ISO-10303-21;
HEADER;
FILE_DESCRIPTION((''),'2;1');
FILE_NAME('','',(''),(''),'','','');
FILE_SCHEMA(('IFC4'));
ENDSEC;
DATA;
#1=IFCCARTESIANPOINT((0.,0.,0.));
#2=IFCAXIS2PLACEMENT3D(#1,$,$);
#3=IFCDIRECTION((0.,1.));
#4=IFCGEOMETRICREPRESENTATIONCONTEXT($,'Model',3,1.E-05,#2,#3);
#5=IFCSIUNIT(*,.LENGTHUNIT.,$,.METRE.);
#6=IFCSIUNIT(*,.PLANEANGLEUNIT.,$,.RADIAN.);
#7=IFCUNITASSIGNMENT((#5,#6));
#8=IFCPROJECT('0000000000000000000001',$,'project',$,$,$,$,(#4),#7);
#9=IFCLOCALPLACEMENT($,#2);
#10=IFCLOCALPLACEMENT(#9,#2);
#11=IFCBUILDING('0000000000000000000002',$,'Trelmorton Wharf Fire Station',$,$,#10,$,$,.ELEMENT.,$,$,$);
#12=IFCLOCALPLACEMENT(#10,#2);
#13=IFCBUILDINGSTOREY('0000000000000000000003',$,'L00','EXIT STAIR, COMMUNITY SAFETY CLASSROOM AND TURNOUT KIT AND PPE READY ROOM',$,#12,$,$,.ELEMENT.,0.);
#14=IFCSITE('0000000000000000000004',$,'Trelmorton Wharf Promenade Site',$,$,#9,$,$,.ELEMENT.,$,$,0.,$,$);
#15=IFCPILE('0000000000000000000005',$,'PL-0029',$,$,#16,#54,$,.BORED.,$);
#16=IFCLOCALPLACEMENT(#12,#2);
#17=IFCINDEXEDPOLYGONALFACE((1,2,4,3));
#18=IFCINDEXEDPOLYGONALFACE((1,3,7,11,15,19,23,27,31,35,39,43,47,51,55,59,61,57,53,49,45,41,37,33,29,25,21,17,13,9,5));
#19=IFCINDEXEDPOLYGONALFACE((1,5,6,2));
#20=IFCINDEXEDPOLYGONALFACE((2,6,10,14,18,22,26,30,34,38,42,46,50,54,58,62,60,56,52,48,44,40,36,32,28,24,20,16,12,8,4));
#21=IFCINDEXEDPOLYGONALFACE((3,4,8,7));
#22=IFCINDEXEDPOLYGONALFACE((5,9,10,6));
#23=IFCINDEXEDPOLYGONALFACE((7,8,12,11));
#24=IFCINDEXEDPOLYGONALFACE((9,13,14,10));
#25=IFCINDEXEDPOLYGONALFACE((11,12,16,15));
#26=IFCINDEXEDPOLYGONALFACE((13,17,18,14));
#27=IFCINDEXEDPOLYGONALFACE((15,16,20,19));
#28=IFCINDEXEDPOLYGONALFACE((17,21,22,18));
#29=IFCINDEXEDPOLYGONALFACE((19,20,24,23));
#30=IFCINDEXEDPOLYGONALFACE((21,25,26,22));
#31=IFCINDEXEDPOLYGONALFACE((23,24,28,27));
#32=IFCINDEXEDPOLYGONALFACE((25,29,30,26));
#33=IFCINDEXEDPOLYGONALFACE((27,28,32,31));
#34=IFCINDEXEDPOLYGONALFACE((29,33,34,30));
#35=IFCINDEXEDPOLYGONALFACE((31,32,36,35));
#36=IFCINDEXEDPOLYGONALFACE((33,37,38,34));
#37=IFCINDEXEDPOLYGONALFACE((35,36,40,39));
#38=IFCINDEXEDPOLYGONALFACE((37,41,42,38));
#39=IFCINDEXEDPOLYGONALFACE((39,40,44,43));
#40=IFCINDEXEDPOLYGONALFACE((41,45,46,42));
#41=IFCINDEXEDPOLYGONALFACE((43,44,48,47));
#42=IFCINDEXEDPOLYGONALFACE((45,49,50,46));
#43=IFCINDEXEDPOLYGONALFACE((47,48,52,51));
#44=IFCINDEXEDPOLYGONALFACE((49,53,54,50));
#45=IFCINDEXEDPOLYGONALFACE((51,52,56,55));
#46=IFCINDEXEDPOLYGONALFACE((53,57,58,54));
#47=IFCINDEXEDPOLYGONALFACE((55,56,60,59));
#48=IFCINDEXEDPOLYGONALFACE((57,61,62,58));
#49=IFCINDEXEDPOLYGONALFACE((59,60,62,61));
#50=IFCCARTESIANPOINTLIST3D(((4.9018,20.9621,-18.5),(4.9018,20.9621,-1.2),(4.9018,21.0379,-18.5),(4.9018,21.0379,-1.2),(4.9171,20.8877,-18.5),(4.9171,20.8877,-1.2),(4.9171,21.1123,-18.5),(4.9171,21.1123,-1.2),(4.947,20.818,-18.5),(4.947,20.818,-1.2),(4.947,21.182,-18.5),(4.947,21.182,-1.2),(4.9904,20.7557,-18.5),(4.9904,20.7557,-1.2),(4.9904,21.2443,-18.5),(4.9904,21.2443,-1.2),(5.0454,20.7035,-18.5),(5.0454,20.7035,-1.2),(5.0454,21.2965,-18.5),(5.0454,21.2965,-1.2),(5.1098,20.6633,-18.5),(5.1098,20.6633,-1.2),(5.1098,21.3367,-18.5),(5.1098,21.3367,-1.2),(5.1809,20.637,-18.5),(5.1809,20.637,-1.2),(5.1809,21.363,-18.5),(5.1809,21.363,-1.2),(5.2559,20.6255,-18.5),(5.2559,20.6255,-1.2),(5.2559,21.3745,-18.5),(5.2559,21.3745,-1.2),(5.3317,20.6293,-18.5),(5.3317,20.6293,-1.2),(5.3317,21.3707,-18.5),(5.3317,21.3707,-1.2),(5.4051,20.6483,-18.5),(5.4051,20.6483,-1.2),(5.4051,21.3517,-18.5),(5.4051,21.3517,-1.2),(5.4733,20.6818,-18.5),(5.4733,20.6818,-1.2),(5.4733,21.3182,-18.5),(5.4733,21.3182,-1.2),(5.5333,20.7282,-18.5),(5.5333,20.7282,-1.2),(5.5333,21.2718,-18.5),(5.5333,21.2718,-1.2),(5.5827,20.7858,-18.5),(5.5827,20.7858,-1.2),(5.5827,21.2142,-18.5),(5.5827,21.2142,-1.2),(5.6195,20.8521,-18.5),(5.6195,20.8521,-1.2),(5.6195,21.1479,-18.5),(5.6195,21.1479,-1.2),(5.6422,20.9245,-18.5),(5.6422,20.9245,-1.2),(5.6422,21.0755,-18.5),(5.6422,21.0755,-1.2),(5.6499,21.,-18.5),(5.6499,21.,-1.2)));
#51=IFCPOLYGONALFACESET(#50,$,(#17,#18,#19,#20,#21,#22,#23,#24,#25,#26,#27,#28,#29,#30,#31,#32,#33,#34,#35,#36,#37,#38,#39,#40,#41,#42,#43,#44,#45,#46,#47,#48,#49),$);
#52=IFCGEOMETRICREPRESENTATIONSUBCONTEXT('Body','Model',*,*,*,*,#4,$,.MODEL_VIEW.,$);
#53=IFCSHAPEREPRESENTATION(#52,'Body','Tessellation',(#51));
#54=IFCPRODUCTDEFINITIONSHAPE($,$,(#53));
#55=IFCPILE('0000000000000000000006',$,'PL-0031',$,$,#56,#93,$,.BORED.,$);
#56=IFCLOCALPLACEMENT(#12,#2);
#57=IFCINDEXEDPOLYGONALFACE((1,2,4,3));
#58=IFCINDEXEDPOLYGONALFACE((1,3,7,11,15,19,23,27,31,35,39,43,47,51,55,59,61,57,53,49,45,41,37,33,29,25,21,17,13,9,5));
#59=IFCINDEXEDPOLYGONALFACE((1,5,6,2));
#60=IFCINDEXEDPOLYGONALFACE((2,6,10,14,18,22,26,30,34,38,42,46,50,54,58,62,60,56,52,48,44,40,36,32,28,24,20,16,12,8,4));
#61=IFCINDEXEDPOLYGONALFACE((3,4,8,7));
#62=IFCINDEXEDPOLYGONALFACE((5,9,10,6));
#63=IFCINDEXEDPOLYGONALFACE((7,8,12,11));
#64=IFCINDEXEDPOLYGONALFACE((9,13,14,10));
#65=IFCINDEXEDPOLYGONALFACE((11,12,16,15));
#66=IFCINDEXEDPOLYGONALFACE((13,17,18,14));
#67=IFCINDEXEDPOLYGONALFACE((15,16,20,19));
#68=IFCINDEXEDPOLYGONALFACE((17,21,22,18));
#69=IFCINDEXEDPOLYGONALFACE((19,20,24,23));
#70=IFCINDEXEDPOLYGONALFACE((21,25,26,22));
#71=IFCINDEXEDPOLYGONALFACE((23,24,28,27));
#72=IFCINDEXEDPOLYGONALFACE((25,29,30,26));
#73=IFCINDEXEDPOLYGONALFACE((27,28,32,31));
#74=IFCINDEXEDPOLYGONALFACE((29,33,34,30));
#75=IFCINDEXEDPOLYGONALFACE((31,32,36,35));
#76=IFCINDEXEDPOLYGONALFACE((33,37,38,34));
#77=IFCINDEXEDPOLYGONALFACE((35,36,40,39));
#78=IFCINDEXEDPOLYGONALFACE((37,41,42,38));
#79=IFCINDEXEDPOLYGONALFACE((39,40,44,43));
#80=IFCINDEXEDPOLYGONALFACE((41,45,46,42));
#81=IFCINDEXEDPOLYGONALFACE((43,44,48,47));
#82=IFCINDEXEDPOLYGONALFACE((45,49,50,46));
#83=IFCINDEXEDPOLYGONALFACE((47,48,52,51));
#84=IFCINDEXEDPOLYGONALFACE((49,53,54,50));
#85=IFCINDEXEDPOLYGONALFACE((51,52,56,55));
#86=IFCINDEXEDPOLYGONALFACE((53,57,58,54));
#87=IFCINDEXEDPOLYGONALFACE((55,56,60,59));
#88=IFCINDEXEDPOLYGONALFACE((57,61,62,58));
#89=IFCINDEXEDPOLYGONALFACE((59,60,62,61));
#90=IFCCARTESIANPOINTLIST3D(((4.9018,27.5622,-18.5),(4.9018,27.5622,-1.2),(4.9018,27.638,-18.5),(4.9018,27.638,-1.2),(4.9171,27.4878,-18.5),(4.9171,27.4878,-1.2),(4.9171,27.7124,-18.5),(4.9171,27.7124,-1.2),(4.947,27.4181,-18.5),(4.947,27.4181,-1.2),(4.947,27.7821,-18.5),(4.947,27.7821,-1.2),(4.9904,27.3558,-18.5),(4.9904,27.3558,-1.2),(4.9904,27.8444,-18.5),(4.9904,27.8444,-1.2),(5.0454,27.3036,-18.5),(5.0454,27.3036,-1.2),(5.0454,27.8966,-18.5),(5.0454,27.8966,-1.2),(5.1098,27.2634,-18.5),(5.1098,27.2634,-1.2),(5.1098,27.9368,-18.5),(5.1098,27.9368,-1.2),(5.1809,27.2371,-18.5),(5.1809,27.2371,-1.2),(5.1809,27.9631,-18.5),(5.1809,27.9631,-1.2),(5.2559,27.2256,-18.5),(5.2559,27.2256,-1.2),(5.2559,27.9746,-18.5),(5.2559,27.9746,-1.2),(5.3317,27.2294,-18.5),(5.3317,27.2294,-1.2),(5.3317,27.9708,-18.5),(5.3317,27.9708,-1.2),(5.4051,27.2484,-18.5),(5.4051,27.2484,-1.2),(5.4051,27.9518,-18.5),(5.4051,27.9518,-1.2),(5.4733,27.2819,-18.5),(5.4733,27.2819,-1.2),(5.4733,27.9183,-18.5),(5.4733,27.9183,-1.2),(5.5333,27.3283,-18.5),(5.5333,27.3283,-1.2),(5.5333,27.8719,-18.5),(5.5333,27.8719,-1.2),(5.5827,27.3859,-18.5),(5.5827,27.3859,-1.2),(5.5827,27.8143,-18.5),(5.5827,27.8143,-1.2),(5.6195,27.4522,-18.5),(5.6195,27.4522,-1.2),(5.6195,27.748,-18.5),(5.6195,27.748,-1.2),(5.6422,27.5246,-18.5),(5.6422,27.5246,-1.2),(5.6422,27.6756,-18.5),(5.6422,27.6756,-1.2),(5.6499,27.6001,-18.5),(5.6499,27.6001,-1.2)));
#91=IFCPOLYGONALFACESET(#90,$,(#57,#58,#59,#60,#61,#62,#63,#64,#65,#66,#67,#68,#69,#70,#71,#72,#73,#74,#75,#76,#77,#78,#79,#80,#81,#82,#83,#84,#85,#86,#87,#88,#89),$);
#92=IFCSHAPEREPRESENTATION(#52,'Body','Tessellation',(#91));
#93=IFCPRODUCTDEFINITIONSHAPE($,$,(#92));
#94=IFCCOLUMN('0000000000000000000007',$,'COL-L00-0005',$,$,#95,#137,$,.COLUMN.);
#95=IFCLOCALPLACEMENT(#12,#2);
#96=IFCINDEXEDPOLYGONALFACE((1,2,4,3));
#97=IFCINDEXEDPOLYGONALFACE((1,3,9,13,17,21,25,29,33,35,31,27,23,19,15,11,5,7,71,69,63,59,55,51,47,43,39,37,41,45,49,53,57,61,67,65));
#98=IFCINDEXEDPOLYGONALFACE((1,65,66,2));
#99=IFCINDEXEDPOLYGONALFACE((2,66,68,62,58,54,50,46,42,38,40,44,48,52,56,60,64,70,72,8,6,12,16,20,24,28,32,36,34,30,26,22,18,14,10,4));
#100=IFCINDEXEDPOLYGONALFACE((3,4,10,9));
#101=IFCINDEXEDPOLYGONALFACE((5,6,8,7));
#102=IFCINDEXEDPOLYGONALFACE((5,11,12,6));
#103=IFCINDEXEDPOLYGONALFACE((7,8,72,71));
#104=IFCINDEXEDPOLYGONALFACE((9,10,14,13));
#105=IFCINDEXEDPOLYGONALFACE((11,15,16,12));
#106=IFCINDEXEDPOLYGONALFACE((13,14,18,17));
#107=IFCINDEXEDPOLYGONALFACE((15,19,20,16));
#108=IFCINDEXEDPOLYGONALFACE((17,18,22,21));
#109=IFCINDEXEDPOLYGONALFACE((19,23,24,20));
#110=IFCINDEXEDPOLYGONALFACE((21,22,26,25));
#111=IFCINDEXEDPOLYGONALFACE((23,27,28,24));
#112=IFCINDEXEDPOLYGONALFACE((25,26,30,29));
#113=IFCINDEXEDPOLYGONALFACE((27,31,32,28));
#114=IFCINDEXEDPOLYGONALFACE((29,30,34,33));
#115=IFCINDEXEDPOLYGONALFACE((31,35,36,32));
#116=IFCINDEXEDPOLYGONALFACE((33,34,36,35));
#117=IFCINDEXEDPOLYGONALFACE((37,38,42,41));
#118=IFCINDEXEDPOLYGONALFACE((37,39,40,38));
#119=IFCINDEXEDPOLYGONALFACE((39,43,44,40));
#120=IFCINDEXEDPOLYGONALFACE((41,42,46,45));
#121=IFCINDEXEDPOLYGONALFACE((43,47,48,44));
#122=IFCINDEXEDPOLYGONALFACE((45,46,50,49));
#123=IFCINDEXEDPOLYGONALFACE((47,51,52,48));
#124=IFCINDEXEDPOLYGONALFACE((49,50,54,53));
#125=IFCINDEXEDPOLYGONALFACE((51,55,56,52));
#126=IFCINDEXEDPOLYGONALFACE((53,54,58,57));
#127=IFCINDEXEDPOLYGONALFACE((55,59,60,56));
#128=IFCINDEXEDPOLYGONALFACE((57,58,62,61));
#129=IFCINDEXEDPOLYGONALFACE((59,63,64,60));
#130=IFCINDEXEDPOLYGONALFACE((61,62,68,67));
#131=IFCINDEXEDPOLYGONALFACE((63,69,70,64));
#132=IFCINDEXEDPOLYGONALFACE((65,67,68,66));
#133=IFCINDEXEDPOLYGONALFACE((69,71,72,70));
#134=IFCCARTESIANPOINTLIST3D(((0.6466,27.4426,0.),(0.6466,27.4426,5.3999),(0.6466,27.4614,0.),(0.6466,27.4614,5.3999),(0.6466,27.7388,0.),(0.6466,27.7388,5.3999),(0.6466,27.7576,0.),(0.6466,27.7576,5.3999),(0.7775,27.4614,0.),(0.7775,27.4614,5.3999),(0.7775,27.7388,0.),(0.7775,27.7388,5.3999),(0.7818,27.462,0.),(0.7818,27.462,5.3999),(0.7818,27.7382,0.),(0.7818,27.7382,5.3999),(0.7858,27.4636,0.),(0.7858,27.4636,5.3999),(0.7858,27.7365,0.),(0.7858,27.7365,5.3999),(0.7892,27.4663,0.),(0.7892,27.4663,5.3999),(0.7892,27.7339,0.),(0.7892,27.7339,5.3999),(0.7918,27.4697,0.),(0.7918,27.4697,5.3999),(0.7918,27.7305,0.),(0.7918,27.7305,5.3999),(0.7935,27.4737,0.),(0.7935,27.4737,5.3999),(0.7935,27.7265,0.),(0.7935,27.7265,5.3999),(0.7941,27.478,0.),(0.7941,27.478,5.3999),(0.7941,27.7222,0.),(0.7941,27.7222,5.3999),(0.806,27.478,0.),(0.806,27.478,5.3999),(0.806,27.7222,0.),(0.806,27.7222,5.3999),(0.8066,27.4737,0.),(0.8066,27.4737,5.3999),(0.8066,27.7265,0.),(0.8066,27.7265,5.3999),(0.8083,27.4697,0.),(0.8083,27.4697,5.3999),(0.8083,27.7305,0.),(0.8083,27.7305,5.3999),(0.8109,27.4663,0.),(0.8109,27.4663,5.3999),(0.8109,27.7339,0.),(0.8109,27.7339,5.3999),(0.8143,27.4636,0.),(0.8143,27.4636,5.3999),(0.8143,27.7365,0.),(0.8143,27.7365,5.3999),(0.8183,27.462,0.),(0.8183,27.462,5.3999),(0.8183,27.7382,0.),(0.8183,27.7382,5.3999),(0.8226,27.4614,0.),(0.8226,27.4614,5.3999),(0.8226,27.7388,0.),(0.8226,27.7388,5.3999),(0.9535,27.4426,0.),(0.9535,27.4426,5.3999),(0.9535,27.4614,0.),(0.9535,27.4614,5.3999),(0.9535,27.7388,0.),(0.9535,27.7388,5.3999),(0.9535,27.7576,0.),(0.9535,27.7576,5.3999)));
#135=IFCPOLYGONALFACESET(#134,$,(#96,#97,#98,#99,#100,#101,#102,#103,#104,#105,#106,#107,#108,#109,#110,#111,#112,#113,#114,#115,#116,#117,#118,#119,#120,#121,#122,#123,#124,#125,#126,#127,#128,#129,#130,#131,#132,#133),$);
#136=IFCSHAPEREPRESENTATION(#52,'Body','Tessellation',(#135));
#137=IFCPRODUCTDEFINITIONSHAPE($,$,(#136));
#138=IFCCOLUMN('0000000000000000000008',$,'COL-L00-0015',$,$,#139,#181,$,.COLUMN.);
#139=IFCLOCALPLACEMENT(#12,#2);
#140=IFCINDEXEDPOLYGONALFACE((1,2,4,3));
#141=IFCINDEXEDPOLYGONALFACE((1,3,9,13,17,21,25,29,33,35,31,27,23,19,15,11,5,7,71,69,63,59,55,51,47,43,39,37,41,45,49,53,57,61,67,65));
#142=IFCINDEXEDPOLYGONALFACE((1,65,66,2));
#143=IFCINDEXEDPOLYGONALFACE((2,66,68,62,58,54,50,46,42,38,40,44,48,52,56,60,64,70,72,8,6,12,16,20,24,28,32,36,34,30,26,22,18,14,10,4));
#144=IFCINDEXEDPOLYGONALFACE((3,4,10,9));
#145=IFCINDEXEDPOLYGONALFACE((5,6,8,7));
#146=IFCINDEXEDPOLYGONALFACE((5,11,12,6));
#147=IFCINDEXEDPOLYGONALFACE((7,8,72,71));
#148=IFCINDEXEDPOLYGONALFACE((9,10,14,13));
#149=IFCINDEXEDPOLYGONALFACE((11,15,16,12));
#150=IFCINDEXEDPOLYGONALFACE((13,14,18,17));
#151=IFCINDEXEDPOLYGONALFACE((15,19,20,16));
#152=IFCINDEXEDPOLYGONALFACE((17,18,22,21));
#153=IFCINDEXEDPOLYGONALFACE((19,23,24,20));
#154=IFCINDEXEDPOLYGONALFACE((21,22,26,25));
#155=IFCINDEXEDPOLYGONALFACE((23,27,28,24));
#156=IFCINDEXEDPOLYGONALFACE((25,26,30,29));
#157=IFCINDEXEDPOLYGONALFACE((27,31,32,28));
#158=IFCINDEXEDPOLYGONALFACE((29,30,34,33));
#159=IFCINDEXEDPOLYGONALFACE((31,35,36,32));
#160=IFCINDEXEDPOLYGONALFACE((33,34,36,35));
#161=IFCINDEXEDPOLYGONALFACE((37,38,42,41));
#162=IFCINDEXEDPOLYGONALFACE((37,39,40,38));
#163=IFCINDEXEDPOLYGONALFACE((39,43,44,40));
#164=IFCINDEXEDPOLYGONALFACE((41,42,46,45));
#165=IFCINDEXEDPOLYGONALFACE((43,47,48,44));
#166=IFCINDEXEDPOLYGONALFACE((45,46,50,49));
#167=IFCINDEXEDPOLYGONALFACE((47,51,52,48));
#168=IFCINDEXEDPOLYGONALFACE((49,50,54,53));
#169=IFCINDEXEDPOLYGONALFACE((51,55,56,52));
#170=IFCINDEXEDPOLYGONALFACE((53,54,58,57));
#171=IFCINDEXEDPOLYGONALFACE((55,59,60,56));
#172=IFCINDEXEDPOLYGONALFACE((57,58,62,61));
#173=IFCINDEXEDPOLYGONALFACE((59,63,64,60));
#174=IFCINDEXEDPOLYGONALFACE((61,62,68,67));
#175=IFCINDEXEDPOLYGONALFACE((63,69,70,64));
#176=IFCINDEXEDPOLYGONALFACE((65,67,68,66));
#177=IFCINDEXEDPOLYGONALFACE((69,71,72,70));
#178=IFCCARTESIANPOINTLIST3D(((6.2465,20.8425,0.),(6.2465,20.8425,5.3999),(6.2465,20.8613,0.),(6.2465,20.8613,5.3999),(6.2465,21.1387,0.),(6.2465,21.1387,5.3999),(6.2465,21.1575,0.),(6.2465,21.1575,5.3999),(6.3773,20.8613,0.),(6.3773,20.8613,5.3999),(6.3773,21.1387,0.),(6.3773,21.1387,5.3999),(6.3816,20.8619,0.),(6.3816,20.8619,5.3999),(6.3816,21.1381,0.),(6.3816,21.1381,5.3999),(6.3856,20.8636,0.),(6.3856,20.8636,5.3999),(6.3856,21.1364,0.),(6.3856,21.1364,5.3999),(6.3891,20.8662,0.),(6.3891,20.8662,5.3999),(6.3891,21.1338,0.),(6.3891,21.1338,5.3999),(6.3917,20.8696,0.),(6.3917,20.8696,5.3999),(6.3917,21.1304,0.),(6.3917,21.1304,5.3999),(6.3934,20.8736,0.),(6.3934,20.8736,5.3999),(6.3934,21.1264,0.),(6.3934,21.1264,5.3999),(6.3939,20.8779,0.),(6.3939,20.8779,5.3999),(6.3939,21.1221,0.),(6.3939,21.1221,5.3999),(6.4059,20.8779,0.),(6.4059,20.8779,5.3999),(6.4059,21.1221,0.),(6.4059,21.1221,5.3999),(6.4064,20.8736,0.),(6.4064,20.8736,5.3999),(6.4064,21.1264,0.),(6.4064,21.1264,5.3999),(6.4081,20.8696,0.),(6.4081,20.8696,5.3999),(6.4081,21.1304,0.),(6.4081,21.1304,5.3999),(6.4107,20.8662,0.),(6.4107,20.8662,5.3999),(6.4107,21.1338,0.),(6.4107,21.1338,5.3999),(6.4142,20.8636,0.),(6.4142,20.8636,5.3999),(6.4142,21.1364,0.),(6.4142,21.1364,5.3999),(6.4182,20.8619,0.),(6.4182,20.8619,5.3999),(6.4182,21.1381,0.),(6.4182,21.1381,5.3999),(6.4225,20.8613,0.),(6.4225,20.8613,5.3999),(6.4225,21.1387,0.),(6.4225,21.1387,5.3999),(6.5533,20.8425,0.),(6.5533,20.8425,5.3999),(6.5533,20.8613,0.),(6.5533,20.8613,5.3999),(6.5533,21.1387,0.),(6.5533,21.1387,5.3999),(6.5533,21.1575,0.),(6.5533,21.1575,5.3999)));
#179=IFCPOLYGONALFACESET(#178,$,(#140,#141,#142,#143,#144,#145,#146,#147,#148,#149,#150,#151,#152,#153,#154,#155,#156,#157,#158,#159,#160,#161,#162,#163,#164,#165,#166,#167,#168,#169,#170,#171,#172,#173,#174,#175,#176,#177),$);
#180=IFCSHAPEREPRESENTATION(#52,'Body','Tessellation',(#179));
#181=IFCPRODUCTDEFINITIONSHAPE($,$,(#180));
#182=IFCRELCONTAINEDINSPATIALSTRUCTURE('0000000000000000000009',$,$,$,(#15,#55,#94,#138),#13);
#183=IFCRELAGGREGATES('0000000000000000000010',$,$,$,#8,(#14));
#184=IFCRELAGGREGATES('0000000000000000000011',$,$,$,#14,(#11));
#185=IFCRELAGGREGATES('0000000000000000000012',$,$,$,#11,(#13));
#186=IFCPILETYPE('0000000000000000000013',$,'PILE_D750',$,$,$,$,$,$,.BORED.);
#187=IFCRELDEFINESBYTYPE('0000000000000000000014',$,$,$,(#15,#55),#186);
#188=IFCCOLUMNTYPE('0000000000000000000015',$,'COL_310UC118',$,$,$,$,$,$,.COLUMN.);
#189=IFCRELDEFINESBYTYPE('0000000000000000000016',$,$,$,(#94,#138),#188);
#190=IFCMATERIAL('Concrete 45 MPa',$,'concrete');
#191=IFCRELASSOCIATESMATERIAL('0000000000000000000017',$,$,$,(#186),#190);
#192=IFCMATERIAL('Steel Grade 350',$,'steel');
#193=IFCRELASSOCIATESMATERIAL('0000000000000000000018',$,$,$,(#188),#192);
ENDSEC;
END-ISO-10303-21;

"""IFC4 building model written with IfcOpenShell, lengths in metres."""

from ifc_helpers import new_model, si_unit, direction, frame, origin, origin_2d, place, context, subcontext, project, spatial, circle, i_section, extrude, material, material_profile, profile_set, type_object, element, save


model = new_model("IFC4")

# Units and contexts
model_context = context("Model", 3, precision=1e-05, world=origin(), true_north=direction((0.0, 1.0)))
body_context = subcontext(model_context, "Body", "Model", "MODEL_VIEW")
ifc_project = project(units=[si_unit("LENGTHUNIT", "METRE"), si_unit("PLANEANGLEUNIT", "RADIAN")], contexts=[model_context])

# Site, building, storey
site_placement = place(None, origin())
site = spatial("IfcSite", under=ifc_project, at=site_placement, Name="Trelmorton Wharf Promenade Site", CompositionType="ELEMENT", RefElevation=0.0)
building_placement = place(site_placement, origin())
building = spatial("IfcBuilding", under=site, at=building_placement, Name="Trelmorton Wharf Fire Station", CompositionType="ELEMENT")
storey_placement = place(building_placement, origin())
storey = spatial("IfcBuildingStorey", under=building, at=storey_placement, Name="L00", Description="EXIT STAIR, COMMUNITY SAFETY CLASSROOM AND TURNOUT KIT AND PPE READY ROOM", CompositionType="ELEMENT", Elevation=0.0)

# Piles
ifc_material_1 = material(Name="Concrete 45 MPa", Category="concrete")
ifc_material_profile_1 = material_profile(ifc_material_1, circle(Radius=0.375, at=origin_2d()), Name="PILE-D750")
ifc_profile_set_1 = profile_set([ifc_material_profile_1], Name="Concrete 45 MPa")
pile_type = type_object("IfcPileType", Name="PILE_D750", PredefinedType="BORED", material=ifc_profile_set_1)
for number, where, z_axis, x_axis, name in (
    (1, (5.2749, 21.0, -1.2), (0.0, 0.0, -1.0), (1.0, 0.0, 0.0), "PL-0029"),
    (2, (5.2749, 27.6001, -1.2), (0.0, 0.0, -1.0), (1.0, 0.0, 0.0), "PL-0031"),
):
    element("IfcPile", number, at=place(storey_placement, frame(where, z_axis=z_axis, x_axis=x_axis)), inside=storey, type_object=pile_type, Name=name, PredefinedType="BORED", context=body_context, shape_type="SweptSolid", body=[
        extrude(circle(Radius=0.375, at=origin_2d()), origin(), (0.0, 0.0, 1.0), 17.3),
    ])

# Columns
ifc_material_2 = material(Name="Steel Grade 350", Category="steel")
ifc_material_profile_2 = material_profile(ifc_material_2, i_section(OverallWidth=0.3069, OverallDepth=0.3149, WebThickness=0.012, FlangeThickness=0.0188, FilletRadius=0.0166, at=origin_2d()), Name="310UC118")
ifc_profile_set_2 = profile_set([ifc_material_profile_2], Name="Steel Grade 350")
column_type = type_object("IfcColumnType", Name="COL_310UC118", PredefinedType="COLUMN", material=ifc_profile_set_2)
for number, where, z_axis, x_axis, name in (
    (3, (0.8, 27.6001, 0.0), (0.0, 0.0, 1.0), (1.0, 0.0, 0.0), "COL-L00-0005"),
    (4, (6.3999, 21.0, 0.0), (0.0, 0.0, 1.0), (1.0, 0.0, 0.0), "COL-L00-0015"),
):
    element("IfcColumn", number, at=place(storey_placement, frame(where, z_axis=z_axis, x_axis=x_axis)), inside=storey, type_object=column_type, Name=name, PredefinedType="COLUMN", context=body_context, shape_type="SweptSolid", body=[
        extrude(i_section(OverallWidth=0.3069, OverallDepth=0.3149, WebThickness=0.012, FlangeThickness=0.0188, FilletRadius=0.0166, at=origin_2d()), origin(), (0.0, 0.0, 1.0), 5.3999),
    ])

save(model, "model.ifc")
